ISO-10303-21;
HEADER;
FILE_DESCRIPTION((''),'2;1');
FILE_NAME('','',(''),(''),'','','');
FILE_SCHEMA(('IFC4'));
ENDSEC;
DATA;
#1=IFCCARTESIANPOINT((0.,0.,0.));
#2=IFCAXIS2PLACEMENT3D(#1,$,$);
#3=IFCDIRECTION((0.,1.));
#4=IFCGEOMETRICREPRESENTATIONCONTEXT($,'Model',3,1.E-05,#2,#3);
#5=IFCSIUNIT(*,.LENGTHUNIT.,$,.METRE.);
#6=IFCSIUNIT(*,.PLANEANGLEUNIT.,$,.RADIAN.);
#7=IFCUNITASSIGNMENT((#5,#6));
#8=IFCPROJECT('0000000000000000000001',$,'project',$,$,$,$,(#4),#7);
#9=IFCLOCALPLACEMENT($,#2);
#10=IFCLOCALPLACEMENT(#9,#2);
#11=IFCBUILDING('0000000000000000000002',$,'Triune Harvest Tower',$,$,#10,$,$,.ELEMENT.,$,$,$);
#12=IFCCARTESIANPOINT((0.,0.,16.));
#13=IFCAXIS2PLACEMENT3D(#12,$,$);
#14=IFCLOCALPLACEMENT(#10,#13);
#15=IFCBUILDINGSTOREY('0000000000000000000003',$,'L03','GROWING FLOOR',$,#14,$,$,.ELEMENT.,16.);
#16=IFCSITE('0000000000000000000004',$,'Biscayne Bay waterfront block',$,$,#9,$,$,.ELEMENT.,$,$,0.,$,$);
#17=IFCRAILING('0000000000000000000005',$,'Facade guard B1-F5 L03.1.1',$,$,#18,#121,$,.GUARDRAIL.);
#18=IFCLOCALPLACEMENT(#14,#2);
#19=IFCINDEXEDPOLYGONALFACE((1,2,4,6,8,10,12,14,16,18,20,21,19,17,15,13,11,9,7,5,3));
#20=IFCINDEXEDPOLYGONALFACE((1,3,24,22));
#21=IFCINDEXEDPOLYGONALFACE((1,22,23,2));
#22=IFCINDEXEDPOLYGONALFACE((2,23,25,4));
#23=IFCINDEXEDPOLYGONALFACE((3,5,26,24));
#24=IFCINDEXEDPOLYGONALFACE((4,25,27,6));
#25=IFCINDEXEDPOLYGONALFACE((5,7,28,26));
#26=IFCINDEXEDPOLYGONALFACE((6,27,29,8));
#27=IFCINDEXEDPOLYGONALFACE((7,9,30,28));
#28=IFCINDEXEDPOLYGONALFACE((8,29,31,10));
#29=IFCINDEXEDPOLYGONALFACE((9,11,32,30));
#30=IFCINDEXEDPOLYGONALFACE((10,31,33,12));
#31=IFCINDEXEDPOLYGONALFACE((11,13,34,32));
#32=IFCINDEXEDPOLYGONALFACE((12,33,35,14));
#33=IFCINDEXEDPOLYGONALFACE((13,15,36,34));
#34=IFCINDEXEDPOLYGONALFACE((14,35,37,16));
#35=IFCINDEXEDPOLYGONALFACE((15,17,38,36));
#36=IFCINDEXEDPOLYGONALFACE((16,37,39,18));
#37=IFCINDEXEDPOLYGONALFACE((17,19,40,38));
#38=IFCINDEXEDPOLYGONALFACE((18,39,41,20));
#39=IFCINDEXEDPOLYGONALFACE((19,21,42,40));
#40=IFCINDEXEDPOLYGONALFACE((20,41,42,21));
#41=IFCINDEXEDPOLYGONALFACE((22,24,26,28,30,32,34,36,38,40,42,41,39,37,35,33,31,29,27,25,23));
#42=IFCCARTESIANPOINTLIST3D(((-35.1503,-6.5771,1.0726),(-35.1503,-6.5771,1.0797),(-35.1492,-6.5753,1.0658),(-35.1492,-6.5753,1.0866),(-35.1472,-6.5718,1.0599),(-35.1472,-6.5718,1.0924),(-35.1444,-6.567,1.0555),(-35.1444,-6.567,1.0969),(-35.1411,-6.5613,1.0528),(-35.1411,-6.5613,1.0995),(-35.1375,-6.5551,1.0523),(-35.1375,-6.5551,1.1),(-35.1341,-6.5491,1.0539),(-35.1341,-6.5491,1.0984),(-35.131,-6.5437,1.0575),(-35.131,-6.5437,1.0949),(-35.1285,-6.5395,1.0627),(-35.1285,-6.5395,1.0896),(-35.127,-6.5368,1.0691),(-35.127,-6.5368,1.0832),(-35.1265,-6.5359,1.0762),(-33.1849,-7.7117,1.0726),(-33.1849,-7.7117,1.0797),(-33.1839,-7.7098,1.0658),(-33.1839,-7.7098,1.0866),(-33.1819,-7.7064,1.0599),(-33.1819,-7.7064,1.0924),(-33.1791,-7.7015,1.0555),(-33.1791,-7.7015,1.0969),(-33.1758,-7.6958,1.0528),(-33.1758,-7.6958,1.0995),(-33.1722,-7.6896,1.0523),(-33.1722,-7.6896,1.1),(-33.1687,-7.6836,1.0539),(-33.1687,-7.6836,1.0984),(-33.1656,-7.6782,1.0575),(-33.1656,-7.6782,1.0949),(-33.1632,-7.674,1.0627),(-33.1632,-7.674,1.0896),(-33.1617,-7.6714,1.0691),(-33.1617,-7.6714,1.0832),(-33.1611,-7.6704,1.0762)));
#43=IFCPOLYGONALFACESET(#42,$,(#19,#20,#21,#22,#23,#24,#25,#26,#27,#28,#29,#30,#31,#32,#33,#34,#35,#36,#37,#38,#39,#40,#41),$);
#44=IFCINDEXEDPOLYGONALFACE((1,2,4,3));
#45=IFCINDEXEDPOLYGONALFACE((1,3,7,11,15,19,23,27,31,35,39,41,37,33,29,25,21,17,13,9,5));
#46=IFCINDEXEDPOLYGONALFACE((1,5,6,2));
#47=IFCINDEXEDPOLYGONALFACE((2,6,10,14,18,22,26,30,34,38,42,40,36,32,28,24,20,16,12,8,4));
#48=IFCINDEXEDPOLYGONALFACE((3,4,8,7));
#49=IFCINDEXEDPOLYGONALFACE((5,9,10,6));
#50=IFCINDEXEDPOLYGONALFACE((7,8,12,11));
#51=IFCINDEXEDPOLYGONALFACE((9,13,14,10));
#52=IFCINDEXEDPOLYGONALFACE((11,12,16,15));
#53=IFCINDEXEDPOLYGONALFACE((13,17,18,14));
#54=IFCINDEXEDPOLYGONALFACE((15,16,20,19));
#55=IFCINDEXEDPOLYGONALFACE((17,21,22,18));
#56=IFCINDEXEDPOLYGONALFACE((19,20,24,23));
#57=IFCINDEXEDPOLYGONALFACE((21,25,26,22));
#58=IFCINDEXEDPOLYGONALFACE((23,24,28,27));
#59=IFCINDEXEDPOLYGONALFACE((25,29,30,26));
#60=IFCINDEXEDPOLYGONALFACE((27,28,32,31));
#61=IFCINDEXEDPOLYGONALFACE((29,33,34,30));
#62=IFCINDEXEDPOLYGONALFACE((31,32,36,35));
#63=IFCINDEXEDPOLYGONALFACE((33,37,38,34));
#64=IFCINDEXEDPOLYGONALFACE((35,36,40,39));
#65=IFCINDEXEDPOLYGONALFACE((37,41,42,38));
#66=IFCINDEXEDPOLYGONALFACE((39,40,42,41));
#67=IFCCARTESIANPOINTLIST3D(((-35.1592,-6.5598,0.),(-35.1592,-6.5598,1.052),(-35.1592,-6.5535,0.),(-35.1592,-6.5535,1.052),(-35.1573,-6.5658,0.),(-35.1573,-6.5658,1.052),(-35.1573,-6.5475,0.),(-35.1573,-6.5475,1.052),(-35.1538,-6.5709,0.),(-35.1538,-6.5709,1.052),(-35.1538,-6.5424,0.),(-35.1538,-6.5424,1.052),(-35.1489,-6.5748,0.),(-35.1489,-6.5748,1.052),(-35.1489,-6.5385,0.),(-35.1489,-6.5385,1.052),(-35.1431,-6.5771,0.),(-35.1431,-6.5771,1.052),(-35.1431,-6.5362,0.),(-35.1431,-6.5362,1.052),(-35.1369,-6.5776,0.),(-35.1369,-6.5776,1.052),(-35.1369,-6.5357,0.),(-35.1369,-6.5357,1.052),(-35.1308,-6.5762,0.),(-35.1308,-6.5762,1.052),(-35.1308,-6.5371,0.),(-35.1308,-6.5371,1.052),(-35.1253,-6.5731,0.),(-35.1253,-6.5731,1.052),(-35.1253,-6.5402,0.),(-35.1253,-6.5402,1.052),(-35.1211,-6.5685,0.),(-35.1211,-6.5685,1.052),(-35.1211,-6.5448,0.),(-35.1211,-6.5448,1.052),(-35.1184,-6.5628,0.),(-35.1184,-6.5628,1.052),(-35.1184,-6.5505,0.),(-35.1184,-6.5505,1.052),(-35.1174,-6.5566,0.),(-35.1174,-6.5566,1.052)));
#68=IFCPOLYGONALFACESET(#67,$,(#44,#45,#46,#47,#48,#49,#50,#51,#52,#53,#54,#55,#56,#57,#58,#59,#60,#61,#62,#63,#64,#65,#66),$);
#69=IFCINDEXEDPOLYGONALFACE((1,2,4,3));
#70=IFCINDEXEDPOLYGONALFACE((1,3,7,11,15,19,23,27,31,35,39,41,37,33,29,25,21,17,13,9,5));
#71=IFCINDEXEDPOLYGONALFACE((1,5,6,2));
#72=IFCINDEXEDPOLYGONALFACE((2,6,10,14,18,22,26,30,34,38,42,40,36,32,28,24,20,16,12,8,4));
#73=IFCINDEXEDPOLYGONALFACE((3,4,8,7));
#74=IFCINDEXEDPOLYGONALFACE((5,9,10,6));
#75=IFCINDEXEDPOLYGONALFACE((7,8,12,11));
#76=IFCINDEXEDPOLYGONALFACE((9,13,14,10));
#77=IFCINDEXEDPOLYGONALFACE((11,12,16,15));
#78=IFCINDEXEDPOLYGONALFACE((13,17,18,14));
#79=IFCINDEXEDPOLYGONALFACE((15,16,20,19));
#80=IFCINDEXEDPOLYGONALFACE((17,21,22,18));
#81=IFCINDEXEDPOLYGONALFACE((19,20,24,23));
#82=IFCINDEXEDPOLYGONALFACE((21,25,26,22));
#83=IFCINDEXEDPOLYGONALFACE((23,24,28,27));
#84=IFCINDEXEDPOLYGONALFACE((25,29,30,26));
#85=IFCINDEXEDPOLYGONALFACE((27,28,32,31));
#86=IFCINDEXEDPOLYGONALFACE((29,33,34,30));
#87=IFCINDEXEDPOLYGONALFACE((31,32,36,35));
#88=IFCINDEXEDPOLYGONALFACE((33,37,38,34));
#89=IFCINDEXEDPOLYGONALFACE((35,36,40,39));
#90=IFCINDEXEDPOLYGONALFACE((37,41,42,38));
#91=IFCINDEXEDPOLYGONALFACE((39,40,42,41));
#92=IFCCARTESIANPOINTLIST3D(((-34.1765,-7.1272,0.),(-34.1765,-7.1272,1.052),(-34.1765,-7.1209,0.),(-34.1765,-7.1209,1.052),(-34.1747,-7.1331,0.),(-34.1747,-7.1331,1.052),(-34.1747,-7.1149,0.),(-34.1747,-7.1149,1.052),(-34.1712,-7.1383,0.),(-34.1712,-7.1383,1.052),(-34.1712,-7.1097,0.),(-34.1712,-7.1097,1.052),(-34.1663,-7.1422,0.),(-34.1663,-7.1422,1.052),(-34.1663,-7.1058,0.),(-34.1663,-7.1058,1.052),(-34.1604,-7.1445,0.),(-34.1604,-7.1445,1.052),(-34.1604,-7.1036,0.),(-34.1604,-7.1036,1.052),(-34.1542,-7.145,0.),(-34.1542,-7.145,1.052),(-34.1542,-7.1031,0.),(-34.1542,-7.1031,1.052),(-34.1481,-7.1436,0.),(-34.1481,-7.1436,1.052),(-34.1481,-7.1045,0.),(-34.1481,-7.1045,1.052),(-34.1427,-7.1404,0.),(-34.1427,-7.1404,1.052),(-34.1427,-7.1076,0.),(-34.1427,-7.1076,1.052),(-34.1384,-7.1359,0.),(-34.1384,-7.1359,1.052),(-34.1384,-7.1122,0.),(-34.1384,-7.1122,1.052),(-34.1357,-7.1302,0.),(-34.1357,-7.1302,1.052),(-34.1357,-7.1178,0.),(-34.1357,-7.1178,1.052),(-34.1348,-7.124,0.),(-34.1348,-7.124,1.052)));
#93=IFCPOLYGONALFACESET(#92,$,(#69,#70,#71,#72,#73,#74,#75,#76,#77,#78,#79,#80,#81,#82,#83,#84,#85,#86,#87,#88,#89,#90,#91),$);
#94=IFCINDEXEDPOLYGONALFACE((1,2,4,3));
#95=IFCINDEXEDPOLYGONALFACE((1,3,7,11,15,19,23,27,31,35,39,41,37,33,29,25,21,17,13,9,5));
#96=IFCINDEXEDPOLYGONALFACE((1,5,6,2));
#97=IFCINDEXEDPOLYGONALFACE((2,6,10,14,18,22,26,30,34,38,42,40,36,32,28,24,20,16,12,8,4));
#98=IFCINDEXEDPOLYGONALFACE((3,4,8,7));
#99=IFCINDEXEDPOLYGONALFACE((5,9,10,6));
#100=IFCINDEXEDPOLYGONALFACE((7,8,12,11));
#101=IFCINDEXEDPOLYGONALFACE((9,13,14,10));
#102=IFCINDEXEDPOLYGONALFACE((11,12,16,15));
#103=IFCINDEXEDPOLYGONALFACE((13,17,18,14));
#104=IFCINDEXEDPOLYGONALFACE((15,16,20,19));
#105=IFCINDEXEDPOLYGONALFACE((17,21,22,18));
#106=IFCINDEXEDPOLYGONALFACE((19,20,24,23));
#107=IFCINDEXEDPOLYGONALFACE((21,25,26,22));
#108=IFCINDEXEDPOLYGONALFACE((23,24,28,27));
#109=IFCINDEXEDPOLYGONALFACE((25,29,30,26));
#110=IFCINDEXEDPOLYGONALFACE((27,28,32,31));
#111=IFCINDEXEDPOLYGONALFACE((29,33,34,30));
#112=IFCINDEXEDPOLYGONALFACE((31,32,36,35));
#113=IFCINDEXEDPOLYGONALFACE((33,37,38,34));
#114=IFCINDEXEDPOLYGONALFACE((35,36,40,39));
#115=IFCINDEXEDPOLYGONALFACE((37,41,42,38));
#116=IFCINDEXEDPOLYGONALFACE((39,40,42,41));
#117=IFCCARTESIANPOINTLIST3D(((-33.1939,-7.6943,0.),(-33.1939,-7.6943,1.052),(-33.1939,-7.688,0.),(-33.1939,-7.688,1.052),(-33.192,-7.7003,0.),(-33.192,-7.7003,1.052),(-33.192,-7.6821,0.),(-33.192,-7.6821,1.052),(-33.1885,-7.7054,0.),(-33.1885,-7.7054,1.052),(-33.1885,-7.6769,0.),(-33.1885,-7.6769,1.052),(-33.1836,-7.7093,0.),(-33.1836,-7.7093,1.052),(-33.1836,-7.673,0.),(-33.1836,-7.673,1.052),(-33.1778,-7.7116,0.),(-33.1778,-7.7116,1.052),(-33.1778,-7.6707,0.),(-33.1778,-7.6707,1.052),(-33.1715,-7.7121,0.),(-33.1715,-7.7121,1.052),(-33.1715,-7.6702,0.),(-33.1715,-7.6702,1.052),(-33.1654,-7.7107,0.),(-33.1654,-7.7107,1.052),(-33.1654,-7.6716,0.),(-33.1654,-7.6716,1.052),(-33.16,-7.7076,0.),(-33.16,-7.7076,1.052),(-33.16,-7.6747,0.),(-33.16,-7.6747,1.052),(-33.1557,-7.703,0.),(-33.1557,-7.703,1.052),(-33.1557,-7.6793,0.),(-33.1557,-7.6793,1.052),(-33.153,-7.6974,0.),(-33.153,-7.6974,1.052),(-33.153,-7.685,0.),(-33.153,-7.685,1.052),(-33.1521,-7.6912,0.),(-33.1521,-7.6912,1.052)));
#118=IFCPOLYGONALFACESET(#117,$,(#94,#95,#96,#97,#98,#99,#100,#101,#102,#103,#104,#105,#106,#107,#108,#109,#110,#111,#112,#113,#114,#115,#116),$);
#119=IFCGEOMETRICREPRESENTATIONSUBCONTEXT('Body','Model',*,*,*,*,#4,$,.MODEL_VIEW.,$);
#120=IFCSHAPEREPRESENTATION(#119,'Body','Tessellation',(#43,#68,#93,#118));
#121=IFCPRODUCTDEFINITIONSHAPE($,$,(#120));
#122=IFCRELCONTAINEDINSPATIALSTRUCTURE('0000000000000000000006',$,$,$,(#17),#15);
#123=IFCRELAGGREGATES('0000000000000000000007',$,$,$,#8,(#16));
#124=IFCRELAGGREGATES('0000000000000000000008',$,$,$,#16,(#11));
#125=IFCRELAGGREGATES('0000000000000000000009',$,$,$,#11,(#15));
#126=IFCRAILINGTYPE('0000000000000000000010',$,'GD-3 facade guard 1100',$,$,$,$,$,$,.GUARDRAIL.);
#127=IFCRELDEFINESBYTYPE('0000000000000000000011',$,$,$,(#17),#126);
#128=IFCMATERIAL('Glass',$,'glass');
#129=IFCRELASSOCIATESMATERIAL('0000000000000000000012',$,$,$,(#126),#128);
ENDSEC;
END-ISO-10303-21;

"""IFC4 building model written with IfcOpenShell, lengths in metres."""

from ifc_helpers import new_model, si_unit, direction, frame, origin, origin_2d, place, context, subcontext, project, spatial, circle, extrude, source, transform, mapped, material, type_object, element, save


model = new_model("IFC4")

# Units and contexts
model_context = context("Model", 3, precision=1e-05, world=origin(), true_north=direction((0.0, 1.0)))
body_context = subcontext(model_context, "Body", "Model", "MODEL_VIEW")
ifc_project = project(units=[si_unit("LENGTHUNIT", "METRE"), si_unit("PLANEANGLEUNIT", "RADIAN")], contexts=[model_context])

# Site, building, storey
site_placement = place(None, origin())
site = spatial("IfcSite", under=ifc_project, at=site_placement, Name="Biscayne Bay waterfront block", CompositionType="ELEMENT", RefElevation=0.0)
building_placement = place(site_placement, origin())
building = spatial("IfcBuilding", under=site, at=building_placement, Name="Triune Harvest Tower", CompositionType="ELEMENT")
storey_placement = place(building_placement, frame((0.0, 0.0, 16.0)))
storey = spatial("IfcBuildingStorey", under=building, at=storey_placement, Name="L03", Description="GROWING FLOOR", CompositionType="ELEMENT", Elevation=16.0)

# Railing
ifc_material_1 = material(Name="Glass", Category="glass")
railing_type = type_object("IfcRailingType", Name="GD-3 facade guard 1100", PredefinedType="GUARDRAIL", material=ifc_material_1)
shared_shape_1 = source(origin(), body_context, "Body", "SweptSolid", [
    extrude(circle(Radius=0.0239, at=origin_2d()), frame((0.0, 0.0, 1.0762), z_axis=(0.866057, -0.499946, 0.0), x_axis=(0.499946, 0.866057, 0.0)), (0.0, 0.0, 1.0), 2.2693),
    extrude(circle(Radius=0.021, at=origin_2d()), origin(), (0.0, 0.0, 1.0), 1.052),
    extrude(circle(Radius=0.021, at=origin_2d()), frame((0.9827, -0.5674, 0.0)), (0.0, 0.0, 1.0), 1.052),
    extrude(circle(Radius=0.021, at=origin_2d()), frame((1.9653, -1.1345, 0.0)), (0.0, 0.0, 1.0), 1.052),
])
railing_placement = place(storey_placement, frame((-35.1384, -6.5566, 0.0)))
element("IfcRailing", 1, at=railing_placement, inside=storey, type_object=railing_type, Name="Facade guard B1-F5 L03.1.1", PredefinedType="GUARDRAIL", context=body_context, shape_type="MappedRepresentation", body=[
    mapped(shared_shape_1, transform((0.0, 0.0, 0.0), scale=1.0)),
])

save(model, "model.ifc")
